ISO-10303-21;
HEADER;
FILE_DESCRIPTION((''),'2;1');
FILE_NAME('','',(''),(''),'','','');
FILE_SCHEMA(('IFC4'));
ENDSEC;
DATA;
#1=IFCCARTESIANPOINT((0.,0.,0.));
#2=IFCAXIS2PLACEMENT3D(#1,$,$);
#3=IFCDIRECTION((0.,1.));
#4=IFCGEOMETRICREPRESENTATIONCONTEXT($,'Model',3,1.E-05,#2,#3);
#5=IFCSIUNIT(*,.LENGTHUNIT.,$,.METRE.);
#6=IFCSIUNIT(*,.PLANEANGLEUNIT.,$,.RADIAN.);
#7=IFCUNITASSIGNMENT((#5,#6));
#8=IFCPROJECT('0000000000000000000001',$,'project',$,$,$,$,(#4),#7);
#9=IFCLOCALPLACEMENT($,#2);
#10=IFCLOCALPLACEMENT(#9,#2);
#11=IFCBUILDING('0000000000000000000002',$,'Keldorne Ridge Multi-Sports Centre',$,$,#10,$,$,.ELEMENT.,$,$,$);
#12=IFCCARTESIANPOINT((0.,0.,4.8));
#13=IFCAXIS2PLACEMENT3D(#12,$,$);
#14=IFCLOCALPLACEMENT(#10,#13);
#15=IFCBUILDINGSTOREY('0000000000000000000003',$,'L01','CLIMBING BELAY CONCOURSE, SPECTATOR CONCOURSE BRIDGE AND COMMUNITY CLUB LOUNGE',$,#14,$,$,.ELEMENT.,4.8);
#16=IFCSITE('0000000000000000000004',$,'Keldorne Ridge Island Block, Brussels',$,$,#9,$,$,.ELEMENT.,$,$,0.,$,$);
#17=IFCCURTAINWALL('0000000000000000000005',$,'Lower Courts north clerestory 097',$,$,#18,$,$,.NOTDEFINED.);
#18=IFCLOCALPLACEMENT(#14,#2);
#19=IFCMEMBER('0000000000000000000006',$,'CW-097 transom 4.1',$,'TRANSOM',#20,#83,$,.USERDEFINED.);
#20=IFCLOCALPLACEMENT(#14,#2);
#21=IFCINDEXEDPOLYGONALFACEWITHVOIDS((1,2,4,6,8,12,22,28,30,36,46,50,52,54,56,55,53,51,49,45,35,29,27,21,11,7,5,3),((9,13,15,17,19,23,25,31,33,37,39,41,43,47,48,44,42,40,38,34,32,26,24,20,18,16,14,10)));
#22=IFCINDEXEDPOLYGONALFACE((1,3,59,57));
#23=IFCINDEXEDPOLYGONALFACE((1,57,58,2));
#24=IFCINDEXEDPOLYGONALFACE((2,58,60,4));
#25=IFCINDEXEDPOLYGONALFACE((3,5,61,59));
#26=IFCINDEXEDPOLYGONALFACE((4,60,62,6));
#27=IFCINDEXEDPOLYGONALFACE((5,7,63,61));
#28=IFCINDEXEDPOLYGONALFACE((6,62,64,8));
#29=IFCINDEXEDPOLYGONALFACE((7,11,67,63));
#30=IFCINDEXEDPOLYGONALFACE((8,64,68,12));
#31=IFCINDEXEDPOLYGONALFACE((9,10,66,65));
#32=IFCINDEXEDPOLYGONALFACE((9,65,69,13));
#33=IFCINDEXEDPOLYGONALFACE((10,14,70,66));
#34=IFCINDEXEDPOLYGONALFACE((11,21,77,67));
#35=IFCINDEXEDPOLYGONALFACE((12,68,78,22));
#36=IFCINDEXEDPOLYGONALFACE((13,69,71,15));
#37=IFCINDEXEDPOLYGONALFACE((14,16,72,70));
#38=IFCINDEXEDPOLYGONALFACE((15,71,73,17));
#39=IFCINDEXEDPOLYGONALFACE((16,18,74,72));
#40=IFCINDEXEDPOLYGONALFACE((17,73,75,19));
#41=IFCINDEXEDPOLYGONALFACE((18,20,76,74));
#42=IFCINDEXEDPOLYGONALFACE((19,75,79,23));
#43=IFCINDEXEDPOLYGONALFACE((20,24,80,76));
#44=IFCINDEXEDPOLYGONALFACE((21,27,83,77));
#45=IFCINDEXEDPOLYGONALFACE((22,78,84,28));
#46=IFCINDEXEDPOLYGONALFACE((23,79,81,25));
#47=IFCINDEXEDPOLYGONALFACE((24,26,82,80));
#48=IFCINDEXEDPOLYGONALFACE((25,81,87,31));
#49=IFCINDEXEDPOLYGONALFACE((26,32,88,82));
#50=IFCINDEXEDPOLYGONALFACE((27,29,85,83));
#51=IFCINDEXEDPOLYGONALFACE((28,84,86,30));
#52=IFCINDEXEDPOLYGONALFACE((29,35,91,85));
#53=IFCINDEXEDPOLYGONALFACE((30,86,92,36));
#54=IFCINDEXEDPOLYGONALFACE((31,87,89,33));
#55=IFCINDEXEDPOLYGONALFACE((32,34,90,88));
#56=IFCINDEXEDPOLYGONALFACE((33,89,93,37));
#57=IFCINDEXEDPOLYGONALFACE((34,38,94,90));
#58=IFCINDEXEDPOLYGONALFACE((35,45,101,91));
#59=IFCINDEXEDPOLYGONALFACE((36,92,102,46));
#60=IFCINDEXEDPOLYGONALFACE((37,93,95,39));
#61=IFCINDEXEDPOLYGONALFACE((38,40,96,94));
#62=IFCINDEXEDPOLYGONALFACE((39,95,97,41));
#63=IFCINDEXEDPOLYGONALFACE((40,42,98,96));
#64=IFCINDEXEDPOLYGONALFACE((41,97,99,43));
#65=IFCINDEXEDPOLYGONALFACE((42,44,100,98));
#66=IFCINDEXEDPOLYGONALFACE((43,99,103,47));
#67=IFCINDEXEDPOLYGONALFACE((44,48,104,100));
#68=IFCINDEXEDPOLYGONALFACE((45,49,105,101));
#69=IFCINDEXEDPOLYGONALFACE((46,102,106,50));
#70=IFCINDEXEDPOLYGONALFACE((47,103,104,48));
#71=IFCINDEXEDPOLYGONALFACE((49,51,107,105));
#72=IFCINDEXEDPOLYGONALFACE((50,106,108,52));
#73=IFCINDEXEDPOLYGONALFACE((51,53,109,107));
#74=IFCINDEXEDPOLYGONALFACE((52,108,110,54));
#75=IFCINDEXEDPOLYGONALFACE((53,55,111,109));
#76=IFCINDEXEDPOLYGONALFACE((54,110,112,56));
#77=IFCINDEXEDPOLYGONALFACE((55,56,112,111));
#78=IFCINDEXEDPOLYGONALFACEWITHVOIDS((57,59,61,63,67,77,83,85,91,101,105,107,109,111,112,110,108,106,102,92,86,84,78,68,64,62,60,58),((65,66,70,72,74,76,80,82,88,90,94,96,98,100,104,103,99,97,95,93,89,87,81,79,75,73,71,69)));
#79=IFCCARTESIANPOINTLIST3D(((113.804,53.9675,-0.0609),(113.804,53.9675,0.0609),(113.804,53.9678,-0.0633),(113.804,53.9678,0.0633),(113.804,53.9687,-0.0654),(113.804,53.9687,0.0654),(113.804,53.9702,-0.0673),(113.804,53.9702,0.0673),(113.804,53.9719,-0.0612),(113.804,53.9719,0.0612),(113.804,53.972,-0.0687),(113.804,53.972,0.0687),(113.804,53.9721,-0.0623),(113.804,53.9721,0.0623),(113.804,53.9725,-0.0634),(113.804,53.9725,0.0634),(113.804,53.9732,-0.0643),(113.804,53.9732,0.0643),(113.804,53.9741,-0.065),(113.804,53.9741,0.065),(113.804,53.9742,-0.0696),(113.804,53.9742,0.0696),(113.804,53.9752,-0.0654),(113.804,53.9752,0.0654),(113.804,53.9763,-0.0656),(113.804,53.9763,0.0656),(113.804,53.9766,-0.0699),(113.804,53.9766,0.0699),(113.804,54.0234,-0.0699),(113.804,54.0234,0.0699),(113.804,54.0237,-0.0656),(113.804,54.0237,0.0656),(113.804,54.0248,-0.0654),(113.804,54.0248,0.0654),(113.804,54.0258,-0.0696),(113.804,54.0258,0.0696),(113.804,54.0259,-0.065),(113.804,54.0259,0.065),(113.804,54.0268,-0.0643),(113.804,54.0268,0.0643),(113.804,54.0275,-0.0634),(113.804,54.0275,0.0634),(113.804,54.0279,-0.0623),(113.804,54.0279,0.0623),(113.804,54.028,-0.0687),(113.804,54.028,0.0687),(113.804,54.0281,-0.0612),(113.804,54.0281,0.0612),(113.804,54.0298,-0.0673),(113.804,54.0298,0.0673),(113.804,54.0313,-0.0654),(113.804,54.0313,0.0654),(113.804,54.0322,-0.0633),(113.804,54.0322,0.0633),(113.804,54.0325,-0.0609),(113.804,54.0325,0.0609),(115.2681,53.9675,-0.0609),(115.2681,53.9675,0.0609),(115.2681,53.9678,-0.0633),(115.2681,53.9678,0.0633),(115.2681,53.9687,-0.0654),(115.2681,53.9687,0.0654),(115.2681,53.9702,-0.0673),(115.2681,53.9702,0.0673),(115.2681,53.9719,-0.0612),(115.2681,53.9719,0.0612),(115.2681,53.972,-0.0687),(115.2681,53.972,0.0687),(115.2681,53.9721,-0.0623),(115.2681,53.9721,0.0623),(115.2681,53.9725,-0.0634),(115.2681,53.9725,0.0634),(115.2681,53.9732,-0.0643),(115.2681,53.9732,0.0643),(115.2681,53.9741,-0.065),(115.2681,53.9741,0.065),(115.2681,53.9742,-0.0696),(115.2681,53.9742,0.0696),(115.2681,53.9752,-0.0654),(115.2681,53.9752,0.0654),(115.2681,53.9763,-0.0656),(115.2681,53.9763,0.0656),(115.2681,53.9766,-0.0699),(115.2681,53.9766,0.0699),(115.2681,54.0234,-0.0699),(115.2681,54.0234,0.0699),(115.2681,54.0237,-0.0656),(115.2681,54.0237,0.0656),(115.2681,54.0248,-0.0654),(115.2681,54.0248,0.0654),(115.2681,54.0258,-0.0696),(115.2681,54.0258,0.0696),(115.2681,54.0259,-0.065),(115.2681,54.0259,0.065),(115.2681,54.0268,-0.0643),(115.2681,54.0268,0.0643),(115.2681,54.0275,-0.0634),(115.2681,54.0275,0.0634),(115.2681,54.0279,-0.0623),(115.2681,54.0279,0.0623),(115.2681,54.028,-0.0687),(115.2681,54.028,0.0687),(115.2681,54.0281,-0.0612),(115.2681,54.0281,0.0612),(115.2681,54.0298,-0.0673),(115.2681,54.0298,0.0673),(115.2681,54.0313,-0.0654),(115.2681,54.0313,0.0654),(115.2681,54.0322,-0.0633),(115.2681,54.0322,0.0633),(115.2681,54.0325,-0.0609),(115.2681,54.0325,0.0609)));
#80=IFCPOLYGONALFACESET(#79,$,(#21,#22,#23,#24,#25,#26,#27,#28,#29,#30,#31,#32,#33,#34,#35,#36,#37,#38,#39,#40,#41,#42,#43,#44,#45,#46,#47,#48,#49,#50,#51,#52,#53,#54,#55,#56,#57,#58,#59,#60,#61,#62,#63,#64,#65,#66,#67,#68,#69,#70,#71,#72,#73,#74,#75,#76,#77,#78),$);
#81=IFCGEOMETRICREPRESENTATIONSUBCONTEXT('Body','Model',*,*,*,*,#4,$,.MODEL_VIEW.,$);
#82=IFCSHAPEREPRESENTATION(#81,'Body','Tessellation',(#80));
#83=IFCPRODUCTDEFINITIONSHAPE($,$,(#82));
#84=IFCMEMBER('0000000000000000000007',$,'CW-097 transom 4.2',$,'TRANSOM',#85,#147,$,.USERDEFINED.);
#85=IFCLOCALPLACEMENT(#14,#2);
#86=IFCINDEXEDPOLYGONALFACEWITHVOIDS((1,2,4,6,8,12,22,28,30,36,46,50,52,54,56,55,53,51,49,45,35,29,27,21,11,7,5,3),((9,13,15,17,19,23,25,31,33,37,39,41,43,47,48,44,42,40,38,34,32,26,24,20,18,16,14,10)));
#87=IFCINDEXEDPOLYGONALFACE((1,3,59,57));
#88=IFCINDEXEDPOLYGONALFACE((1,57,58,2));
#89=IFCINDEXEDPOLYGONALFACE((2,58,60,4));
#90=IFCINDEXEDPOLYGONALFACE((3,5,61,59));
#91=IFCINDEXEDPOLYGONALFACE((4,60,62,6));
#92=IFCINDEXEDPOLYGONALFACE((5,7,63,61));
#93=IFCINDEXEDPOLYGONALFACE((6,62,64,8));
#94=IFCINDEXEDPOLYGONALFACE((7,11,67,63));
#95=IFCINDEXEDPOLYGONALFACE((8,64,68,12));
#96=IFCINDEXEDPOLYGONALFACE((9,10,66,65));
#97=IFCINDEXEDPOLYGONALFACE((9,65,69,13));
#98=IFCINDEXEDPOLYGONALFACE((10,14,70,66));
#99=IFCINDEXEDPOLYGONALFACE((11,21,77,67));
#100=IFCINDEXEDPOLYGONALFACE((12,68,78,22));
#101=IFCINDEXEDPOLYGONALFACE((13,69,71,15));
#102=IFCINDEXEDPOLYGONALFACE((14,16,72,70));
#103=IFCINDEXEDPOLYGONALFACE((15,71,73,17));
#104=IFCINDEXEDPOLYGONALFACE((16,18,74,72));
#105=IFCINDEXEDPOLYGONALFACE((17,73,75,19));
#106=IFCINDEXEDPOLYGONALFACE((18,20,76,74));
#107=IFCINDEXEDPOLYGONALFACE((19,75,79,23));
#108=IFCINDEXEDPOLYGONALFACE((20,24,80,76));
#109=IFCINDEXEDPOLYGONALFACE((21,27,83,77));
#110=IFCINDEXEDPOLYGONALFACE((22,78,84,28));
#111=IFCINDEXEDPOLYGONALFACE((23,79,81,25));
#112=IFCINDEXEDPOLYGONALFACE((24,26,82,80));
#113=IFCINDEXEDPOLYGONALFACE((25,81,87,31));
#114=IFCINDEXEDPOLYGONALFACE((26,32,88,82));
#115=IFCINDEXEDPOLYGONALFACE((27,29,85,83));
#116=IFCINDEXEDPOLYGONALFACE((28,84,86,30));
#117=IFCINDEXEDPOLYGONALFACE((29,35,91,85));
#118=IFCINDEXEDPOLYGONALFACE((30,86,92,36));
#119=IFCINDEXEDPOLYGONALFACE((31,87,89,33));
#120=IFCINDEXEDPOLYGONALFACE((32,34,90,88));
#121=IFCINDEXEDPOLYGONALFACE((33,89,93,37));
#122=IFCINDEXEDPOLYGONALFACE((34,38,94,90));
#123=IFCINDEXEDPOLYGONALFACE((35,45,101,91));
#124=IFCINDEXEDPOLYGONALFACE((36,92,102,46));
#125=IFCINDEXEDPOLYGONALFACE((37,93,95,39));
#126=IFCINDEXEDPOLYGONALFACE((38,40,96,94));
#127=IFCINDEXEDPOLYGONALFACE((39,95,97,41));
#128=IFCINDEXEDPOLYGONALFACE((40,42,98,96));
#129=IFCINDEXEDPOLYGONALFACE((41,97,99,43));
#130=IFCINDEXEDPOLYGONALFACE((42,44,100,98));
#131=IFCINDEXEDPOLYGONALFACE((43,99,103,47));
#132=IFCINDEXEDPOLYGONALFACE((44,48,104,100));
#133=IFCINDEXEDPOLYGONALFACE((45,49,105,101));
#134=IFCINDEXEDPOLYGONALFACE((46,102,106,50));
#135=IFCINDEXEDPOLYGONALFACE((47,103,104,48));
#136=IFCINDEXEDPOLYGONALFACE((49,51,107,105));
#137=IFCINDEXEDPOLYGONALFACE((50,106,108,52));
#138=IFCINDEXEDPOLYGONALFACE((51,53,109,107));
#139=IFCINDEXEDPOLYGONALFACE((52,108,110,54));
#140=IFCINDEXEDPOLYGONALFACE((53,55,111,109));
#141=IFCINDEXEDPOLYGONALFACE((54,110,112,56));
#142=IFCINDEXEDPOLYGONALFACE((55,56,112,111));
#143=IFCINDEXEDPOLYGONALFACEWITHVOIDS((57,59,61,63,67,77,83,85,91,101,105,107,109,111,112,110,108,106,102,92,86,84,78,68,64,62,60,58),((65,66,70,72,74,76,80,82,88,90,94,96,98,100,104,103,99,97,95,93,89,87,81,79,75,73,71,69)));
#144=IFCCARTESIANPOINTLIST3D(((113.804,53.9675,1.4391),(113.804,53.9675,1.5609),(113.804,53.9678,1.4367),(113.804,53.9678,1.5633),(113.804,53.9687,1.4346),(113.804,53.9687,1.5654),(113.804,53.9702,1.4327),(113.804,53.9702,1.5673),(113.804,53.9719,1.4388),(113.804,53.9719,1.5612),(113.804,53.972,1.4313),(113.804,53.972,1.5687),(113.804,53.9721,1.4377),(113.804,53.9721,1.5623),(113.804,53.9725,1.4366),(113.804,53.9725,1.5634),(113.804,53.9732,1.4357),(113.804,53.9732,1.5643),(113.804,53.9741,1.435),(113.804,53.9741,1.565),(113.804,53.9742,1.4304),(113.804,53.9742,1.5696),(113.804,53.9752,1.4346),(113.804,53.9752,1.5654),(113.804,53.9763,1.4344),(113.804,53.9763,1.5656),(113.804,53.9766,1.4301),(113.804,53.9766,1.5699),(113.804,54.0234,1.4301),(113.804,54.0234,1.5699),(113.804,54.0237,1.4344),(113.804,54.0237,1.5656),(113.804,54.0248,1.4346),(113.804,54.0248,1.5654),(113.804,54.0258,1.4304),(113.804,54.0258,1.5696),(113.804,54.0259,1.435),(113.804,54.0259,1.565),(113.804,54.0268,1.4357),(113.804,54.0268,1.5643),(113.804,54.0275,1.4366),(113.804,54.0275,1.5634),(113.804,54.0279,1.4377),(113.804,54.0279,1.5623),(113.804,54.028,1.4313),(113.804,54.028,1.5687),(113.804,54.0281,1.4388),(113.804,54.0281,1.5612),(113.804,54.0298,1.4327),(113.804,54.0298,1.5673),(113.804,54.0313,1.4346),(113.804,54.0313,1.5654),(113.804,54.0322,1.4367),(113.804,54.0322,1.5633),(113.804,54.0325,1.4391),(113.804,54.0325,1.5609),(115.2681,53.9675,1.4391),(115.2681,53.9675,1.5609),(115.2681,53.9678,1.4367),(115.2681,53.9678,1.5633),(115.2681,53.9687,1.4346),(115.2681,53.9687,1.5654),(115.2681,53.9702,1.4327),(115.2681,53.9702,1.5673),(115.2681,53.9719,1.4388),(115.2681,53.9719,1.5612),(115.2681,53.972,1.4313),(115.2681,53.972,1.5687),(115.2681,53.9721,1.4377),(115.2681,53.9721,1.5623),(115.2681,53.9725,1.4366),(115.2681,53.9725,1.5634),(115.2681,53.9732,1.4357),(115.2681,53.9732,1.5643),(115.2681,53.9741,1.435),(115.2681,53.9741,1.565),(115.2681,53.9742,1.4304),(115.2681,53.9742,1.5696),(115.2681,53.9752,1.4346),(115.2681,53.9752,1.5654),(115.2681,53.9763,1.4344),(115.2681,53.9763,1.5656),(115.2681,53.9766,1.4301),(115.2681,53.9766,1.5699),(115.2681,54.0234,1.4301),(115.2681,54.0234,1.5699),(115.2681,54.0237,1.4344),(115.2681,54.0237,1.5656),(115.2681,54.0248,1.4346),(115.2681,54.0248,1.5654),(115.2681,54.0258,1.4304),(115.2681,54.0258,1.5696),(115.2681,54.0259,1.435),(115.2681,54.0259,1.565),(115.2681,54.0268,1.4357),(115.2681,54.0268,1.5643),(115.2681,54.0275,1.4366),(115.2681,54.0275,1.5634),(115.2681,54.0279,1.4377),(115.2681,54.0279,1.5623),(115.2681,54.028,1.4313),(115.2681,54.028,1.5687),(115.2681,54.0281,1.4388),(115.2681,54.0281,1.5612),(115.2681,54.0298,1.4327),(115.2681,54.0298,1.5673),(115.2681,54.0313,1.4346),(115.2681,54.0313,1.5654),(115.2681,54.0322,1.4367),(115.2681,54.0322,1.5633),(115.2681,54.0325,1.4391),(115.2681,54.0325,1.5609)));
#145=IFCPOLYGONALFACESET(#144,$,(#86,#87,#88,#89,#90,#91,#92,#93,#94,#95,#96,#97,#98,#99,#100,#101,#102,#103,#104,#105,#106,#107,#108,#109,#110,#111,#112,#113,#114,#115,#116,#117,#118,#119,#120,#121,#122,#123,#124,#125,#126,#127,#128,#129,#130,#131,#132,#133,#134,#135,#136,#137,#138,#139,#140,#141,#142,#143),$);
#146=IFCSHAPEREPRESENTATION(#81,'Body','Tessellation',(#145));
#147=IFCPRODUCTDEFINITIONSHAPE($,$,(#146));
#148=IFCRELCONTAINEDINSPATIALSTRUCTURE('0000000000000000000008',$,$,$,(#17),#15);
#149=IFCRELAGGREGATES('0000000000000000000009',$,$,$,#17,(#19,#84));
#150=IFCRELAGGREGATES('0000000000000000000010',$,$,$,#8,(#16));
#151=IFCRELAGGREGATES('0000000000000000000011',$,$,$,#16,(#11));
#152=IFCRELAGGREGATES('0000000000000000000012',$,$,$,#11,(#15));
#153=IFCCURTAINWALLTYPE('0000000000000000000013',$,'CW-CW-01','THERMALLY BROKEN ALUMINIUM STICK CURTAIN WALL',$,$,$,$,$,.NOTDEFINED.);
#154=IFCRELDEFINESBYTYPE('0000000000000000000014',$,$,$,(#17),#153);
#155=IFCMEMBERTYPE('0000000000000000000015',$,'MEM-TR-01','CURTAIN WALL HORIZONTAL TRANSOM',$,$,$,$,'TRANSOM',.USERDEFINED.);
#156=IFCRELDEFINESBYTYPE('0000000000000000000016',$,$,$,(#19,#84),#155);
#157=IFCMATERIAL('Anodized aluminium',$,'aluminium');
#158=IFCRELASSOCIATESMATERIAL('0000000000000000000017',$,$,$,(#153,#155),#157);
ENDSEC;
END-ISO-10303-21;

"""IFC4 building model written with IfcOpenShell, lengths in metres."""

from ifc_helpers import new_model, si_unit, direction, frame, origin, origin_2d, place, context, subcontext, project, spatial, hollow_rectangle, extrude, material, material_profile, profile_set, type_object, element, aggregate, save


model = new_model("IFC4")

# Units and contexts
model_context = context("Model", 3, precision=1e-05, world=origin(), true_north=direction((0.0, 1.0)))
body_context = subcontext(model_context, "Body", "Model", "MODEL_VIEW")
ifc_project = project(units=[si_unit("LENGTHUNIT", "METRE"), si_unit("PLANEANGLEUNIT", "RADIAN")], contexts=[model_context])

# Site, building, storey
site_placement = place(None, origin())
site = spatial("IfcSite", under=ifc_project, at=site_placement, Name="Keldorne Ridge Island Block, Brussels", CompositionType="ELEMENT", RefElevation=0.0)
building_placement = place(site_placement, origin())
building = spatial("IfcBuilding", under=site, at=building_placement, Name="Keldorne Ridge Multi-Sports Centre", CompositionType="ELEMENT")
storey_placement = place(building_placement, frame((0.0, 0.0, 4.8)))
storey = spatial("IfcBuildingStorey", under=building, at=storey_placement, Name="L01", Description="CLIMBING BELAY CONCOURSE, SPECTATOR CONCOURSE BRIDGE AND COMMUNITY CLUB LOUNGE", CompositionType="ELEMENT", Elevation=4.8)

# Curtain wall, members
ifc_material_1 = material(Name="Anodized aluminium", Category="aluminium")
curtain_wall_type = type_object("IfcCurtainWallType", Name="CW-CW-01", Description="THERMALLY BROKEN ALUMINIUM STICK CURTAIN WALL", PredefinedType="NOTDEFINED", material=ifc_material_1)
curtain_wall_placement = place(storey_placement, origin())
curtain_wall = element("IfcCurtainWall", 1, at=curtain_wall_placement, inside=storey, type_object=curtain_wall_type, Name="Lower Courts north clerestory 097", PredefinedType="NOTDEFINED")
ifc_material_profile_1 = material_profile(ifc_material_1, hollow_rectangle(XDim=0.0649, YDim=0.1399, WallThickness=0.0044, InnerFilletRadius=0.0044, OuterFilletRadius=0.009, at=origin_2d()), Name="ALU TRANSOM 140x65x4.5")
ifc_profile_set_1 = profile_set([ifc_material_profile_1], Name="Anodized aluminium")
member_type_1 = type_object("IfcMemberType", Name="MEM-TR-01", Description="CURTAIN WALL HORIZONTAL TRANSOM", ElementType="TRANSOM", PredefinedType="USERDEFINED", material=ifc_profile_set_1)
member_1_placement = place(storey_placement, frame((115.2681, 54.0, 0.0), z_axis=(-1.0, 0.0, 0.0), x_axis=(0.0, -1.0, 0.0)))
member_1 = element("IfcMember", 2, at=member_1_placement, type_object=member_type_1, Name="CW-097 transom 4.1", ObjectType="TRANSOM", PredefinedType="USERDEFINED", context=body_context, shape_type="SweptSolid", body=[
    extrude(hollow_rectangle(XDim=0.0649, YDim=0.1399, WallThickness=0.0044, InnerFilletRadius=0.0044, OuterFilletRadius=0.009, at=origin_2d()), origin(), (0.0, 0.0, 1.0), 1.4641),
])
member_2_placement = place(storey_placement, frame((115.2681, 54.0, 1.5), z_axis=(-1.0, 0.0, 0.0), x_axis=(0.0, -1.0, 0.0)))
member_2 = element("IfcMember", 3, at=member_2_placement, type_object=member_type_1, Name="CW-097 transom 4.2", ObjectType="TRANSOM", PredefinedType="USERDEFINED", context=body_context, shape_type="SweptSolid", body=[
    extrude(hollow_rectangle(XDim=0.0649, YDim=0.1399, WallThickness=0.0044, InnerFilletRadius=0.0044, OuterFilletRadius=0.009, at=origin_2d()), origin(), (0.0, 0.0, 1.0), 1.4641),
])
aggregate(curtain_wall, [member_1, member_2])

save(model, "model.ifc")
